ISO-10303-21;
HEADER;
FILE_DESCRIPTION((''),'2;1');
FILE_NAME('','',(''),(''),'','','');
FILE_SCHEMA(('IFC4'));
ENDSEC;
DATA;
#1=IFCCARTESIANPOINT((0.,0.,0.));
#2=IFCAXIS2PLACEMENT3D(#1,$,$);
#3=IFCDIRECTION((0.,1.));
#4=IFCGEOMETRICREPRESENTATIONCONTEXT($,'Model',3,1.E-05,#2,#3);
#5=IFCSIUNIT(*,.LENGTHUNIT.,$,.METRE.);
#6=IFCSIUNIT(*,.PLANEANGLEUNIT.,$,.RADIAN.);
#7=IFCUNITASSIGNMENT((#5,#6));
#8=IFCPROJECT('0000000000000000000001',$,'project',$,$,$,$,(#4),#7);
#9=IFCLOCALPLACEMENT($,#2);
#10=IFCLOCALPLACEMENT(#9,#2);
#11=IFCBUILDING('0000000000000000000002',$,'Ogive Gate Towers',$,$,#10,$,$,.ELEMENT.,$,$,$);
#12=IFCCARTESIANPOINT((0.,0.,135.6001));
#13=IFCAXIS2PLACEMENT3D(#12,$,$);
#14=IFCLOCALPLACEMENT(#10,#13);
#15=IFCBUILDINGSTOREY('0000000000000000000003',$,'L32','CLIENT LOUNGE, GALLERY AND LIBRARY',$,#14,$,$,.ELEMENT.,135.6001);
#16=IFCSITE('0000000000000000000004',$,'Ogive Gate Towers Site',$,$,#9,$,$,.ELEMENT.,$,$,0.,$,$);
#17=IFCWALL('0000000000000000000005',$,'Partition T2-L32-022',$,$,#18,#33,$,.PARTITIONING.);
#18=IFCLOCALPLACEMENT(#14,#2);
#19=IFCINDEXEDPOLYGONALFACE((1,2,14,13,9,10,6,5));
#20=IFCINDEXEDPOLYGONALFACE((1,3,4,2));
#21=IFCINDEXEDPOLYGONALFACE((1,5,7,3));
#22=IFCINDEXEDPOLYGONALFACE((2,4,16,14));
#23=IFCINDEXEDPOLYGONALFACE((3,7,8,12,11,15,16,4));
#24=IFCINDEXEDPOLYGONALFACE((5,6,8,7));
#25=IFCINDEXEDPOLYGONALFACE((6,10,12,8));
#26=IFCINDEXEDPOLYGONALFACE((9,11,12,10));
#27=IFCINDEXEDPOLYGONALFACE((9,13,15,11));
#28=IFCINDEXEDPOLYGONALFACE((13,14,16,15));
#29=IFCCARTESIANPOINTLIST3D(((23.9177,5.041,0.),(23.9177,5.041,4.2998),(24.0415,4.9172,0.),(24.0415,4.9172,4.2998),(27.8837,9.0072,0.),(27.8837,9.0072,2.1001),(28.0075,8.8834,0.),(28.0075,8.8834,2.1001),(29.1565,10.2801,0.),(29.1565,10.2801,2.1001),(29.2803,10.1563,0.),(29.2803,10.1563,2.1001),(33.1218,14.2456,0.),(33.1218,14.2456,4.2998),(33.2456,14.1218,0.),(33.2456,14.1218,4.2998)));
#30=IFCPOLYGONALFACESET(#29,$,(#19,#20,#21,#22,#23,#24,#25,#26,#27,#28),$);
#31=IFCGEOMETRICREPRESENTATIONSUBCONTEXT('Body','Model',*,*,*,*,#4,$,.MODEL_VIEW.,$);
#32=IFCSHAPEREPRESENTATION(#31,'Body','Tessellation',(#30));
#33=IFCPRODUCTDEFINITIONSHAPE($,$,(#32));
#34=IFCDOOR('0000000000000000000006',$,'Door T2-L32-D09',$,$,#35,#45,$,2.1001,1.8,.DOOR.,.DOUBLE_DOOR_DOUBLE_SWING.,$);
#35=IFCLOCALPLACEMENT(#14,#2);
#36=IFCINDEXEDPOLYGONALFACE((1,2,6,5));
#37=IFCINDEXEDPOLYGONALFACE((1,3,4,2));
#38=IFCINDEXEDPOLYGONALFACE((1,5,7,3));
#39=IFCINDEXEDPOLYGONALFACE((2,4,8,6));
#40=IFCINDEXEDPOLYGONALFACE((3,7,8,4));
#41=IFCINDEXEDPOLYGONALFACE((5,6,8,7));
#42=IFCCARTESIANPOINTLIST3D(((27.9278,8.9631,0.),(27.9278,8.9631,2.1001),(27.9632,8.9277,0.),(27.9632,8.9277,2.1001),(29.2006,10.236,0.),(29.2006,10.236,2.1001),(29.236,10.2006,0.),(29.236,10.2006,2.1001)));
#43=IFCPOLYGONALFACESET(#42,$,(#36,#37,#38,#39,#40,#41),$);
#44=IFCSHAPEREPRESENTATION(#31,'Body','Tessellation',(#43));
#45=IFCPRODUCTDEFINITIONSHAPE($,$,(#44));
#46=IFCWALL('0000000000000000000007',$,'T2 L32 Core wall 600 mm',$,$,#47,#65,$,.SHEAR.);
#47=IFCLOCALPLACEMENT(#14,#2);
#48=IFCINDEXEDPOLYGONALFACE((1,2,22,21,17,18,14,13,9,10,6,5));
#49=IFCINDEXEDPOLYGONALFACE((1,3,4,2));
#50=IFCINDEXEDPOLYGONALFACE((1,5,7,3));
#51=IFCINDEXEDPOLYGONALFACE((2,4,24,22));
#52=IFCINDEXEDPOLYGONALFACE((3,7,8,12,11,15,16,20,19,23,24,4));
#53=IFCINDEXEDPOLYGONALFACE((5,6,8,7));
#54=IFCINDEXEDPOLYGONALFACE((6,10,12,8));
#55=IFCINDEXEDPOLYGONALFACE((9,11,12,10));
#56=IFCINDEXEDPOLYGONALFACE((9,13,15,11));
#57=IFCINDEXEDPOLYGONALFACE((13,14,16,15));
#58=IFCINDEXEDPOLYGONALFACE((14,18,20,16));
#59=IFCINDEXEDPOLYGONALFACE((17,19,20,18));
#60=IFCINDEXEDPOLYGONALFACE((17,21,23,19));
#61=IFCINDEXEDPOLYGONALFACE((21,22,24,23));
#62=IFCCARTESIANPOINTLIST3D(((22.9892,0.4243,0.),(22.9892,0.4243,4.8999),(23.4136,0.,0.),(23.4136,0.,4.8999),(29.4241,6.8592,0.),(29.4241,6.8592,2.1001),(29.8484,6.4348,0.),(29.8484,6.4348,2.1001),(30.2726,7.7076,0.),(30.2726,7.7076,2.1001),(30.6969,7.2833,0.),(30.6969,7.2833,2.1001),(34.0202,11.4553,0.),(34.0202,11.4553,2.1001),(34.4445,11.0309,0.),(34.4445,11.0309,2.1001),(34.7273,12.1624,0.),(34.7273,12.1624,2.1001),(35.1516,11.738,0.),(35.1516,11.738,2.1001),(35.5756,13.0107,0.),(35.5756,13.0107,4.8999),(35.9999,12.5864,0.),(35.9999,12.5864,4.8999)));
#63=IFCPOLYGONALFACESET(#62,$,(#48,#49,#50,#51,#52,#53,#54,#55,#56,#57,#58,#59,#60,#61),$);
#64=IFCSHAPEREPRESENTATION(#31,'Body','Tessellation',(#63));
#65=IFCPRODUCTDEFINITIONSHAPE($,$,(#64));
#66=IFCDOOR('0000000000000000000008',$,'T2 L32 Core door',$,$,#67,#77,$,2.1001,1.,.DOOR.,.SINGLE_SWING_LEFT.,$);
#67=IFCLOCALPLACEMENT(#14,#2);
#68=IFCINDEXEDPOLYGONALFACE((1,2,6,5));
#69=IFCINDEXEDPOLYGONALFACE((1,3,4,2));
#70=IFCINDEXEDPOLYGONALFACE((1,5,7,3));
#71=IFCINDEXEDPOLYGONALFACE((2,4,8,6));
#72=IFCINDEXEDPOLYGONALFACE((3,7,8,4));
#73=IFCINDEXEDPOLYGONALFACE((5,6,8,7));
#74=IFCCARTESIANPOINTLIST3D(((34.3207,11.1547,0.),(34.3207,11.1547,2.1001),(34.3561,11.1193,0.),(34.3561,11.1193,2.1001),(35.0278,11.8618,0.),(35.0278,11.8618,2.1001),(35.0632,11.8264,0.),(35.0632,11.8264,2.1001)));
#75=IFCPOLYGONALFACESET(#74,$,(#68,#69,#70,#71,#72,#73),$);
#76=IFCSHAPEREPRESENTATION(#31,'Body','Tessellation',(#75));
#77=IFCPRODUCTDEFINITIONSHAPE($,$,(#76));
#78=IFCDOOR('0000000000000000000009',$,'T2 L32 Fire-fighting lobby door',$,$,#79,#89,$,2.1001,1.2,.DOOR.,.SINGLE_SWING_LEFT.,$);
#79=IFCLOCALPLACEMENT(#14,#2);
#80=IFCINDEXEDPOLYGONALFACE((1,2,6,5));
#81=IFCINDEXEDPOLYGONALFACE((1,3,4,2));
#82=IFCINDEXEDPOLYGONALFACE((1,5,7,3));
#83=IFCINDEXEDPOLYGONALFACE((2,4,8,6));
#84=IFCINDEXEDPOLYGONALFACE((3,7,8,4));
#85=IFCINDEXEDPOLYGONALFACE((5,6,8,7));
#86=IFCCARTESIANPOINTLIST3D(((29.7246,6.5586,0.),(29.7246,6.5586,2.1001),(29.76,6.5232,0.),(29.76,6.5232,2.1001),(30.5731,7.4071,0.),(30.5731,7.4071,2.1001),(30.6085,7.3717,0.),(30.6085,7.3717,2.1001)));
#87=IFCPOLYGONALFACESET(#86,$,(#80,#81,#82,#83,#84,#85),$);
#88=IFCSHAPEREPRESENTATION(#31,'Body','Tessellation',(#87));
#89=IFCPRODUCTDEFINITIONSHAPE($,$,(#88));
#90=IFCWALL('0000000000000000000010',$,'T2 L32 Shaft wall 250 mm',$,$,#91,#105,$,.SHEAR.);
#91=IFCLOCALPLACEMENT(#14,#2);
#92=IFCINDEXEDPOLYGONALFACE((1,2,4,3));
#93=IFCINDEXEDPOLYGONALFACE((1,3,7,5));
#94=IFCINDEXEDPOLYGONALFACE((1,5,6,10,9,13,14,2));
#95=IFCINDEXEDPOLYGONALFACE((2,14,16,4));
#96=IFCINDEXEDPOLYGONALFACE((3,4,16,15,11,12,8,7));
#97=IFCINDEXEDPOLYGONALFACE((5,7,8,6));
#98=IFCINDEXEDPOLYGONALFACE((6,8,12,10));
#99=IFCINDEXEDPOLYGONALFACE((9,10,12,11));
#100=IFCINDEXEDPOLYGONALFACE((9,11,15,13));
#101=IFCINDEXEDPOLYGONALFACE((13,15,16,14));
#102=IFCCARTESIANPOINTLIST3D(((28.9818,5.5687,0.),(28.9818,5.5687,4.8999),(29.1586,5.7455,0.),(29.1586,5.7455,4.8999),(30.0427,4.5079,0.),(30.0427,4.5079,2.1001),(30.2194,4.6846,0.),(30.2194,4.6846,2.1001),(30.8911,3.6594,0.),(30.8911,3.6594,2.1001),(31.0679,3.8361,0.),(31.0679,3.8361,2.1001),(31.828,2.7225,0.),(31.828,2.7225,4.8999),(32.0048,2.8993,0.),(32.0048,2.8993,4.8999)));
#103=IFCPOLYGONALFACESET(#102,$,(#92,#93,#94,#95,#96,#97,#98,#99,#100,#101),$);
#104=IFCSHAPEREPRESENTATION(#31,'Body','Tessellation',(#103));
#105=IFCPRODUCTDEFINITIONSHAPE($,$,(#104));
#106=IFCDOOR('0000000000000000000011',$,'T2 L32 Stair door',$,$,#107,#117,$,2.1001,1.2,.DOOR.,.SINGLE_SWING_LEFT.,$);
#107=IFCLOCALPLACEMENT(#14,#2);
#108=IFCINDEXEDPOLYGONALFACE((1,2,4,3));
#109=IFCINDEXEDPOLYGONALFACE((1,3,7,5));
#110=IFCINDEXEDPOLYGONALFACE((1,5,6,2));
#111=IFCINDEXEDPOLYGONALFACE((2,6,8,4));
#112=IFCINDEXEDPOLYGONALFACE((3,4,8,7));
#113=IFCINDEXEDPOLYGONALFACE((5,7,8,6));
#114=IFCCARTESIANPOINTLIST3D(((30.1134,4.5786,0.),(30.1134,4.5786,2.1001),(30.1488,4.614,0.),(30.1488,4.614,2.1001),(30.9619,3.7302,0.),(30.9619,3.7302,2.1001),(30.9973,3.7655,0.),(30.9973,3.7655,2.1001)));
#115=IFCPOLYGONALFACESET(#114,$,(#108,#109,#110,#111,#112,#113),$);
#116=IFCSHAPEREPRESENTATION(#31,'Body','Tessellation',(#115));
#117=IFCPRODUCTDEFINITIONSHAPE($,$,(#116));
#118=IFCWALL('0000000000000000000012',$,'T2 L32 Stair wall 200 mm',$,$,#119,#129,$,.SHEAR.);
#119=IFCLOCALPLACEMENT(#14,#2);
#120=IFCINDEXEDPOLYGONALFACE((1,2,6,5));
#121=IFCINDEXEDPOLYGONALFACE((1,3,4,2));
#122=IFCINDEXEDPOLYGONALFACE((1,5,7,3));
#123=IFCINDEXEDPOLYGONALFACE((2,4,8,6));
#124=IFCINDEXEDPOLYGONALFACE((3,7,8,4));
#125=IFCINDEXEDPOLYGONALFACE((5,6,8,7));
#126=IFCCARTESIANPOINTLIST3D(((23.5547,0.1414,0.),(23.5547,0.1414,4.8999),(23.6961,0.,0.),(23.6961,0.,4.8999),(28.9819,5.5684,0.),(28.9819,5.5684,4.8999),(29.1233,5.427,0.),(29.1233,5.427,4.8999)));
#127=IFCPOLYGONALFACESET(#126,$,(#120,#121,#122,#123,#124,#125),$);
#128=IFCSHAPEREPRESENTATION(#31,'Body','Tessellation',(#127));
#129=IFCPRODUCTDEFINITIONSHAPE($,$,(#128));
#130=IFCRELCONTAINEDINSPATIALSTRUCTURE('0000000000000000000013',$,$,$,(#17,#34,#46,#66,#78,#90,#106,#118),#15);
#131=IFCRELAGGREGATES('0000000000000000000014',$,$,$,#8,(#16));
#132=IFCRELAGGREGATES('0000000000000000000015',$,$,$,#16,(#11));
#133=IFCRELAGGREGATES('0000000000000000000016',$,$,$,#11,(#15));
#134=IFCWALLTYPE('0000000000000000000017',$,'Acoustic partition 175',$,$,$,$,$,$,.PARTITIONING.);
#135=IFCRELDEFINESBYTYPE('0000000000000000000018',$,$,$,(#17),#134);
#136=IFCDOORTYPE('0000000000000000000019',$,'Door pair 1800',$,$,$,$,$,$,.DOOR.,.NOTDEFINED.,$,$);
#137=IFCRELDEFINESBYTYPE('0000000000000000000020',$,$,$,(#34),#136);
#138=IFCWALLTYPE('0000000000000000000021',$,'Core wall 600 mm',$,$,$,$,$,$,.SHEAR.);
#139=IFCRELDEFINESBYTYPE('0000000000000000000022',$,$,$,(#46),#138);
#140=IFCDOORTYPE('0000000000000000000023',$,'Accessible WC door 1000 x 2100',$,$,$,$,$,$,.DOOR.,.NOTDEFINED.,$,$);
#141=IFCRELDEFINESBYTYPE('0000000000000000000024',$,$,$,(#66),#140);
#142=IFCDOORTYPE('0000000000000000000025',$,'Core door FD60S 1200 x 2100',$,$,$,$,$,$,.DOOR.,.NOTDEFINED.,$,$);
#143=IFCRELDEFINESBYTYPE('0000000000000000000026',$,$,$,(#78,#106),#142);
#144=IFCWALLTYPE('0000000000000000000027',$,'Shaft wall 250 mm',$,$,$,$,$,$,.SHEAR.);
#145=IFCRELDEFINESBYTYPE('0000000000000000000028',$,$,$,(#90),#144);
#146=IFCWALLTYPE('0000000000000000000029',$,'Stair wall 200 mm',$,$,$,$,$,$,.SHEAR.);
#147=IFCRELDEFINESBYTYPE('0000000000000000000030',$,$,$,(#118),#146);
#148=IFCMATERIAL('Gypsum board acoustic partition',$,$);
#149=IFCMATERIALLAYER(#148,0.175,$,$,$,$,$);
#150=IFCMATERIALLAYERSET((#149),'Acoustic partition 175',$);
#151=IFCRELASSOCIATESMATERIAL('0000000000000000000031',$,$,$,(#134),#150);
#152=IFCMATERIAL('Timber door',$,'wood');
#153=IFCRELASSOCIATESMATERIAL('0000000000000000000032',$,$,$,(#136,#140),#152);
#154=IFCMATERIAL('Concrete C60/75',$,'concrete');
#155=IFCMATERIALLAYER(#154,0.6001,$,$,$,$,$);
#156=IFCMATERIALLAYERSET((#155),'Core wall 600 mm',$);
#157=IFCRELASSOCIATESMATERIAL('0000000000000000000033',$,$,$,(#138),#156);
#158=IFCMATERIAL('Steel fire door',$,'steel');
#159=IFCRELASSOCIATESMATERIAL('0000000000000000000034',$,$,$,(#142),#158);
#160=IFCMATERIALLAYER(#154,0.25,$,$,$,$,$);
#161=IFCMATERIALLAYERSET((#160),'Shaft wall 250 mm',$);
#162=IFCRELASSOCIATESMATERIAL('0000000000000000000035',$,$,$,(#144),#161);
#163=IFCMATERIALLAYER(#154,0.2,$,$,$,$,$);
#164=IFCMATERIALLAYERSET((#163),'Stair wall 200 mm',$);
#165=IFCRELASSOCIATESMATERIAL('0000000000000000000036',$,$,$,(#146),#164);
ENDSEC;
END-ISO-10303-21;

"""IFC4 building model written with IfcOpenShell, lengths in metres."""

from ifc_helpers import new_model, si_unit, direction, frame, frame_2d, origin, place, context, subcontext, project, spatial, rectangle, extrude, material, layer, layer_set, type_object, element, fill, save


model = new_model("IFC4")

# Units and contexts
model_context = context("Model", 3, precision=1e-05, world=origin(), true_north=direction((0.0, 1.0)))
body_context = subcontext(model_context, "Body", "Model", "MODEL_VIEW")
ifc_project = project(units=[si_unit("LENGTHUNIT", "METRE"), si_unit("PLANEANGLEUNIT", "RADIAN")], contexts=[model_context])

# Site, building, storey
site_placement = place(None, origin())
site = spatial("IfcSite", under=ifc_project, at=site_placement, Name="Ogive Gate Towers Site", CompositionType="ELEMENT", RefElevation=0.0)
building_placement = place(site_placement, origin())
building = spatial("IfcBuilding", under=site, at=building_placement, Name="Ogive Gate Towers", CompositionType="ELEMENT")
storey_placement = place(building_placement, frame((0.0, 0.0, 135.6001)))
storey = spatial("IfcBuildingStorey", under=building, at=storey_placement, Name="L32", Description="CLIENT LOUNGE, GALLERY AND LIBRARY", CompositionType="ELEMENT", Elevation=135.6001)

# Wall, opening, door
ifc_material_1 = material(Name="Gypsum board acoustic partition")
ifc_layer_1 = layer(ifc_material_1, 0.175)
ifc_layer_set_1 = layer_set([ifc_layer_1], Name="Acoustic partition 175")
wall_type_1 = type_object("IfcWallType", Name="Acoustic partition 175", PredefinedType="PARTITIONING", material=ifc_layer_set_1)
wall_1_placement = place(storey_placement, frame((33.1836, 14.1836, 0.0), z_axis=(0.0, 0.0, 1.0), x_axis=(-0.707088, -0.707126, 0.0)))
wall_1 = element("IfcWall", 1, at=wall_1_placement, inside=storey, type_object=wall_type_1, Name="Partition T2-L32-022", PredefinedType="PARTITIONING", context=body_context, shape_type="SweptSolid", body=[
    extrude(rectangle(XDim=13.0168, YDim=0.175, at=frame_2d((6.5083, 0.0))), origin(), (0.0, 0.0, 1.0), 4.2998),
])
opening_1_placement = place(wall_1_placement, frame((5.6079, 0.0, 0.0)))
opening_1 = element("IfcOpeningElement", 2, at=opening_1_placement, cuts=wall_1, PredefinedType="OPENING", context=body_context, shape_type="SweptSolid", body=[
    extrude(rectangle(XDim=1.8, YDim=2.1001, at=frame_2d((0.8999, 1.05))), frame((0.0, 0.0977, 0.0), z_axis=(0.0, -1.0, 0.0), x_axis=(1.0, 0.0, 0.0)), (0.0, 0.0, 1.0), 0.1951),
])
ifc_material_2 = material(Name="Timber door", Category="wood")
door_type_1 = type_object("IfcDoorType", Name="Door pair 1800", OperationType="NOTDEFINED", PredefinedType="DOOR", material=ifc_material_2)
door_1_placement = place(opening_1_placement, origin())
door_1 = element("IfcDoor", 3, at=door_1_placement, inside=storey, type_object=door_type_1, Name="Door T2-L32-D09", OperationType="DOUBLE_DOOR_DOUBLE_SWING", OverallHeight=2.1001, OverallWidth=1.8, PredefinedType="DOOR", context=body_context, shape_type="SweptSolid", body=[
    extrude(rectangle(XDim=1.8, YDim=2.1001, at=frame_2d((0.8999, 1.05))), frame((0.0, 0.0249, 0.0), z_axis=(0.0, -1.0, 0.0), x_axis=(1.0, 0.0, 0.0)), (0.0, 0.0, 1.0), 0.05),
])
fill(opening_1, door_1)

# Wall, openings, doors
ifc_material_3 = material(Name="Concrete C60/75", Category="concrete")
ifc_layer_2 = layer(ifc_material_3, 0.6001)
ifc_layer_set_2 = layer_set([ifc_layer_2], Name="Core wall 600 mm")
wall_type_2 = type_object("IfcWallType", Name="Core wall 600 mm", PredefinedType="SHEAR", material=ifc_layer_set_2)
wall_2_placement = place(storey_placement, frame((23.2014, 0.2122, 0.0), z_axis=(0.0, 0.0, 1.0), x_axis=(0.707107, 0.707107, 0.0)))
wall_2 = element("IfcWall", 4, at=wall_2_placement, inside=storey, type_object=wall_type_2, Name="T2 L32 Core wall 600 mm", PredefinedType="SHEAR", context=body_context, shape_type="SweptSolid", body=[
    extrude(rectangle(XDim=17.7998, YDim=0.6001, at=frame_2d((8.8999, 0.0))), origin(), (0.0, 0.0, 1.0), 4.8999),
])
opening_2_placement = place(wall_2_placement, frame((9.1001, 0.0, 0.0)))
opening_2 = element("IfcOpeningElement", 5, at=opening_2_placement, cuts=wall_2, PredefinedType="OPENING", context=body_context, shape_type="SweptSolid", body=[
    extrude(rectangle(XDim=1.2, YDim=2.1001, at=frame_2d((0.6001, 1.05))), frame((0.0, 0.3101, 0.0), z_axis=(0.0, -1.0, 0.0), x_axis=(1.0, 0.0, 0.0)), (0.0, 0.0, 1.0), 0.6201),
])
opening_3_placement = place(wall_2_placement, frame((15.6001, 0.0, 0.0)))
opening_3 = element("IfcOpeningElement", 6, at=opening_3_placement, cuts=wall_2, PredefinedType="OPENING", context=body_context, shape_type="SweptSolid", body=[
    extrude(rectangle(XDim=1.0, YDim=2.1001, at=frame_2d((0.5, 1.05))), frame((0.0, 0.3101, 0.0), z_axis=(0.0, -1.0, 0.0), x_axis=(1.0, 0.0, 0.0)), (0.0, 0.0, 1.0), 0.6201),
])
door_type_2 = type_object("IfcDoorType", Name="Accessible WC door 1000 x 2100", OperationType="NOTDEFINED", PredefinedType="DOOR", material=ifc_material_2)
door_2_placement = place(opening_3_placement, origin())
door_2 = element("IfcDoor", 7, at=door_2_placement, inside=storey, type_object=door_type_2, Name="T2 L32 Core door", OperationType="SINGLE_SWING_LEFT", OverallHeight=2.1001, OverallWidth=1.0, PredefinedType="DOOR", context=body_context, shape_type="SweptSolid", body=[
    extrude(rectangle(XDim=1.0, YDim=2.1001, at=frame_2d((0.5, 1.05))), frame((0.0, -0.125, 0.0), z_axis=(0.0, -1.0, 0.0), x_axis=(1.0, 0.0, 0.0)), (0.0, 0.0, 1.0), 0.05),
])
fill(opening_3, door_2)
ifc_material_4 = material(Name="Steel fire door", Category="steel")
door_type_3 = type_object("IfcDoorType", Name="Core door FD60S 1200 x 2100", OperationType="NOTDEFINED", PredefinedType="DOOR", material=ifc_material_4)
door_3_placement = place(opening_2_placement, origin())
door_3 = element("IfcDoor", 8, at=door_3_placement, inside=storey, type_object=door_type_3, Name="T2 L32 Fire-fighting lobby door", OperationType="SINGLE_SWING_LEFT", OverallHeight=2.1001, OverallWidth=1.2, PredefinedType="DOOR", context=body_context, shape_type="SweptSolid", body=[
    extrude(rectangle(XDim=1.2, YDim=2.1001, at=frame_2d((0.6001, 1.05))), frame((0.0, -0.125, 0.0), z_axis=(0.0, -1.0, 0.0), x_axis=(1.0, 0.0, 0.0)), (0.0, 0.0, 1.0), 0.05),
])
fill(opening_2, door_3)

# Wall, opening, door
ifc_layer_3 = layer(ifc_material_3, 0.25)
ifc_layer_set_3 = layer_set([ifc_layer_3], Name="Shaft wall 250 mm")
wall_type_3 = type_object("IfcWallType", Name="Shaft wall 250 mm", PredefinedType="SHEAR", material=ifc_layer_set_3)
wall_3_placement = place(storey_placement, frame((31.9165, 2.8108, 0.0), z_axis=(0.0, 0.0, 1.0), x_axis=(-0.707107, 0.707107, 0.0)))
wall_3 = element("IfcWall", 9, at=wall_3_placement, inside=storey, type_object=wall_type_3, Name="T2 L32 Shaft wall 250 mm", PredefinedType="SHEAR", context=body_context, shape_type="SweptSolid", body=[
    extrude(rectangle(XDim=4.0251, YDim=0.25, at=frame_2d((2.0127, 0.0))), origin(), (0.0, 0.0, 1.0), 4.8999),
])
opening_4_placement = place(wall_3_placement, frame((1.325, 0.0, 0.0)))
opening_4 = element("IfcOpeningElement", 10, at=opening_4_placement, cuts=wall_3, PredefinedType="OPENING", context=body_context, shape_type="SweptSolid", body=[
    extrude(rectangle(XDim=1.2, YDim=2.1001, at=frame_2d((0.6001, 1.05))), frame((0.0, 0.135, 0.0), z_axis=(0.0, -1.0, 0.0), x_axis=(1.0, 0.0, 0.0)), (0.0, 0.0, 1.0), 0.27),
])
door_4_placement = place(opening_4_placement, origin())
door_4 = element("IfcDoor", 11, at=door_4_placement, inside=storey, type_object=door_type_3, Name="T2 L32 Stair door", OperationType="SINGLE_SWING_LEFT", OverallHeight=2.1001, OverallWidth=1.2, PredefinedType="DOOR", context=body_context, shape_type="SweptSolid", body=[
    extrude(rectangle(XDim=1.2, YDim=2.1001, at=frame_2d((0.6001, 1.05))), frame((0.0, 0.0249, 0.0), z_axis=(0.0, -1.0, 0.0), x_axis=(1.0, 0.0, 0.0)), (0.0, 0.0, 1.0), 0.05),
])
fill(opening_4, door_4)

# Wall
ifc_layer_4 = layer(ifc_material_3, 0.2)
ifc_layer_set_4 = layer_set([ifc_layer_4], Name="Stair wall 200 mm")
wall_type_4 = type_object("IfcWallType", Name="Stair wall 200 mm", PredefinedType="SHEAR", material=ifc_layer_set_4)
wall_4_placement = place(storey_placement, frame((23.6255, 0.0708, 0.0), z_axis=(0.0, 0.0, 1.0), x_axis=(0.707123, 0.707091, 0.0)))
element("IfcWall", 12, at=wall_4_placement, inside=storey, type_object=wall_type_4, Name="T2 L32 Stair wall 200 mm", PredefinedType="SHEAR", context=body_context, shape_type="SweptSolid", body=[
    extrude(rectangle(XDim=7.675, YDim=0.2, at=frame_2d((3.8374, 0.0))), origin(), (0.0, 0.0, 1.0), 4.8999),
])

save(model, "model.ifc")
